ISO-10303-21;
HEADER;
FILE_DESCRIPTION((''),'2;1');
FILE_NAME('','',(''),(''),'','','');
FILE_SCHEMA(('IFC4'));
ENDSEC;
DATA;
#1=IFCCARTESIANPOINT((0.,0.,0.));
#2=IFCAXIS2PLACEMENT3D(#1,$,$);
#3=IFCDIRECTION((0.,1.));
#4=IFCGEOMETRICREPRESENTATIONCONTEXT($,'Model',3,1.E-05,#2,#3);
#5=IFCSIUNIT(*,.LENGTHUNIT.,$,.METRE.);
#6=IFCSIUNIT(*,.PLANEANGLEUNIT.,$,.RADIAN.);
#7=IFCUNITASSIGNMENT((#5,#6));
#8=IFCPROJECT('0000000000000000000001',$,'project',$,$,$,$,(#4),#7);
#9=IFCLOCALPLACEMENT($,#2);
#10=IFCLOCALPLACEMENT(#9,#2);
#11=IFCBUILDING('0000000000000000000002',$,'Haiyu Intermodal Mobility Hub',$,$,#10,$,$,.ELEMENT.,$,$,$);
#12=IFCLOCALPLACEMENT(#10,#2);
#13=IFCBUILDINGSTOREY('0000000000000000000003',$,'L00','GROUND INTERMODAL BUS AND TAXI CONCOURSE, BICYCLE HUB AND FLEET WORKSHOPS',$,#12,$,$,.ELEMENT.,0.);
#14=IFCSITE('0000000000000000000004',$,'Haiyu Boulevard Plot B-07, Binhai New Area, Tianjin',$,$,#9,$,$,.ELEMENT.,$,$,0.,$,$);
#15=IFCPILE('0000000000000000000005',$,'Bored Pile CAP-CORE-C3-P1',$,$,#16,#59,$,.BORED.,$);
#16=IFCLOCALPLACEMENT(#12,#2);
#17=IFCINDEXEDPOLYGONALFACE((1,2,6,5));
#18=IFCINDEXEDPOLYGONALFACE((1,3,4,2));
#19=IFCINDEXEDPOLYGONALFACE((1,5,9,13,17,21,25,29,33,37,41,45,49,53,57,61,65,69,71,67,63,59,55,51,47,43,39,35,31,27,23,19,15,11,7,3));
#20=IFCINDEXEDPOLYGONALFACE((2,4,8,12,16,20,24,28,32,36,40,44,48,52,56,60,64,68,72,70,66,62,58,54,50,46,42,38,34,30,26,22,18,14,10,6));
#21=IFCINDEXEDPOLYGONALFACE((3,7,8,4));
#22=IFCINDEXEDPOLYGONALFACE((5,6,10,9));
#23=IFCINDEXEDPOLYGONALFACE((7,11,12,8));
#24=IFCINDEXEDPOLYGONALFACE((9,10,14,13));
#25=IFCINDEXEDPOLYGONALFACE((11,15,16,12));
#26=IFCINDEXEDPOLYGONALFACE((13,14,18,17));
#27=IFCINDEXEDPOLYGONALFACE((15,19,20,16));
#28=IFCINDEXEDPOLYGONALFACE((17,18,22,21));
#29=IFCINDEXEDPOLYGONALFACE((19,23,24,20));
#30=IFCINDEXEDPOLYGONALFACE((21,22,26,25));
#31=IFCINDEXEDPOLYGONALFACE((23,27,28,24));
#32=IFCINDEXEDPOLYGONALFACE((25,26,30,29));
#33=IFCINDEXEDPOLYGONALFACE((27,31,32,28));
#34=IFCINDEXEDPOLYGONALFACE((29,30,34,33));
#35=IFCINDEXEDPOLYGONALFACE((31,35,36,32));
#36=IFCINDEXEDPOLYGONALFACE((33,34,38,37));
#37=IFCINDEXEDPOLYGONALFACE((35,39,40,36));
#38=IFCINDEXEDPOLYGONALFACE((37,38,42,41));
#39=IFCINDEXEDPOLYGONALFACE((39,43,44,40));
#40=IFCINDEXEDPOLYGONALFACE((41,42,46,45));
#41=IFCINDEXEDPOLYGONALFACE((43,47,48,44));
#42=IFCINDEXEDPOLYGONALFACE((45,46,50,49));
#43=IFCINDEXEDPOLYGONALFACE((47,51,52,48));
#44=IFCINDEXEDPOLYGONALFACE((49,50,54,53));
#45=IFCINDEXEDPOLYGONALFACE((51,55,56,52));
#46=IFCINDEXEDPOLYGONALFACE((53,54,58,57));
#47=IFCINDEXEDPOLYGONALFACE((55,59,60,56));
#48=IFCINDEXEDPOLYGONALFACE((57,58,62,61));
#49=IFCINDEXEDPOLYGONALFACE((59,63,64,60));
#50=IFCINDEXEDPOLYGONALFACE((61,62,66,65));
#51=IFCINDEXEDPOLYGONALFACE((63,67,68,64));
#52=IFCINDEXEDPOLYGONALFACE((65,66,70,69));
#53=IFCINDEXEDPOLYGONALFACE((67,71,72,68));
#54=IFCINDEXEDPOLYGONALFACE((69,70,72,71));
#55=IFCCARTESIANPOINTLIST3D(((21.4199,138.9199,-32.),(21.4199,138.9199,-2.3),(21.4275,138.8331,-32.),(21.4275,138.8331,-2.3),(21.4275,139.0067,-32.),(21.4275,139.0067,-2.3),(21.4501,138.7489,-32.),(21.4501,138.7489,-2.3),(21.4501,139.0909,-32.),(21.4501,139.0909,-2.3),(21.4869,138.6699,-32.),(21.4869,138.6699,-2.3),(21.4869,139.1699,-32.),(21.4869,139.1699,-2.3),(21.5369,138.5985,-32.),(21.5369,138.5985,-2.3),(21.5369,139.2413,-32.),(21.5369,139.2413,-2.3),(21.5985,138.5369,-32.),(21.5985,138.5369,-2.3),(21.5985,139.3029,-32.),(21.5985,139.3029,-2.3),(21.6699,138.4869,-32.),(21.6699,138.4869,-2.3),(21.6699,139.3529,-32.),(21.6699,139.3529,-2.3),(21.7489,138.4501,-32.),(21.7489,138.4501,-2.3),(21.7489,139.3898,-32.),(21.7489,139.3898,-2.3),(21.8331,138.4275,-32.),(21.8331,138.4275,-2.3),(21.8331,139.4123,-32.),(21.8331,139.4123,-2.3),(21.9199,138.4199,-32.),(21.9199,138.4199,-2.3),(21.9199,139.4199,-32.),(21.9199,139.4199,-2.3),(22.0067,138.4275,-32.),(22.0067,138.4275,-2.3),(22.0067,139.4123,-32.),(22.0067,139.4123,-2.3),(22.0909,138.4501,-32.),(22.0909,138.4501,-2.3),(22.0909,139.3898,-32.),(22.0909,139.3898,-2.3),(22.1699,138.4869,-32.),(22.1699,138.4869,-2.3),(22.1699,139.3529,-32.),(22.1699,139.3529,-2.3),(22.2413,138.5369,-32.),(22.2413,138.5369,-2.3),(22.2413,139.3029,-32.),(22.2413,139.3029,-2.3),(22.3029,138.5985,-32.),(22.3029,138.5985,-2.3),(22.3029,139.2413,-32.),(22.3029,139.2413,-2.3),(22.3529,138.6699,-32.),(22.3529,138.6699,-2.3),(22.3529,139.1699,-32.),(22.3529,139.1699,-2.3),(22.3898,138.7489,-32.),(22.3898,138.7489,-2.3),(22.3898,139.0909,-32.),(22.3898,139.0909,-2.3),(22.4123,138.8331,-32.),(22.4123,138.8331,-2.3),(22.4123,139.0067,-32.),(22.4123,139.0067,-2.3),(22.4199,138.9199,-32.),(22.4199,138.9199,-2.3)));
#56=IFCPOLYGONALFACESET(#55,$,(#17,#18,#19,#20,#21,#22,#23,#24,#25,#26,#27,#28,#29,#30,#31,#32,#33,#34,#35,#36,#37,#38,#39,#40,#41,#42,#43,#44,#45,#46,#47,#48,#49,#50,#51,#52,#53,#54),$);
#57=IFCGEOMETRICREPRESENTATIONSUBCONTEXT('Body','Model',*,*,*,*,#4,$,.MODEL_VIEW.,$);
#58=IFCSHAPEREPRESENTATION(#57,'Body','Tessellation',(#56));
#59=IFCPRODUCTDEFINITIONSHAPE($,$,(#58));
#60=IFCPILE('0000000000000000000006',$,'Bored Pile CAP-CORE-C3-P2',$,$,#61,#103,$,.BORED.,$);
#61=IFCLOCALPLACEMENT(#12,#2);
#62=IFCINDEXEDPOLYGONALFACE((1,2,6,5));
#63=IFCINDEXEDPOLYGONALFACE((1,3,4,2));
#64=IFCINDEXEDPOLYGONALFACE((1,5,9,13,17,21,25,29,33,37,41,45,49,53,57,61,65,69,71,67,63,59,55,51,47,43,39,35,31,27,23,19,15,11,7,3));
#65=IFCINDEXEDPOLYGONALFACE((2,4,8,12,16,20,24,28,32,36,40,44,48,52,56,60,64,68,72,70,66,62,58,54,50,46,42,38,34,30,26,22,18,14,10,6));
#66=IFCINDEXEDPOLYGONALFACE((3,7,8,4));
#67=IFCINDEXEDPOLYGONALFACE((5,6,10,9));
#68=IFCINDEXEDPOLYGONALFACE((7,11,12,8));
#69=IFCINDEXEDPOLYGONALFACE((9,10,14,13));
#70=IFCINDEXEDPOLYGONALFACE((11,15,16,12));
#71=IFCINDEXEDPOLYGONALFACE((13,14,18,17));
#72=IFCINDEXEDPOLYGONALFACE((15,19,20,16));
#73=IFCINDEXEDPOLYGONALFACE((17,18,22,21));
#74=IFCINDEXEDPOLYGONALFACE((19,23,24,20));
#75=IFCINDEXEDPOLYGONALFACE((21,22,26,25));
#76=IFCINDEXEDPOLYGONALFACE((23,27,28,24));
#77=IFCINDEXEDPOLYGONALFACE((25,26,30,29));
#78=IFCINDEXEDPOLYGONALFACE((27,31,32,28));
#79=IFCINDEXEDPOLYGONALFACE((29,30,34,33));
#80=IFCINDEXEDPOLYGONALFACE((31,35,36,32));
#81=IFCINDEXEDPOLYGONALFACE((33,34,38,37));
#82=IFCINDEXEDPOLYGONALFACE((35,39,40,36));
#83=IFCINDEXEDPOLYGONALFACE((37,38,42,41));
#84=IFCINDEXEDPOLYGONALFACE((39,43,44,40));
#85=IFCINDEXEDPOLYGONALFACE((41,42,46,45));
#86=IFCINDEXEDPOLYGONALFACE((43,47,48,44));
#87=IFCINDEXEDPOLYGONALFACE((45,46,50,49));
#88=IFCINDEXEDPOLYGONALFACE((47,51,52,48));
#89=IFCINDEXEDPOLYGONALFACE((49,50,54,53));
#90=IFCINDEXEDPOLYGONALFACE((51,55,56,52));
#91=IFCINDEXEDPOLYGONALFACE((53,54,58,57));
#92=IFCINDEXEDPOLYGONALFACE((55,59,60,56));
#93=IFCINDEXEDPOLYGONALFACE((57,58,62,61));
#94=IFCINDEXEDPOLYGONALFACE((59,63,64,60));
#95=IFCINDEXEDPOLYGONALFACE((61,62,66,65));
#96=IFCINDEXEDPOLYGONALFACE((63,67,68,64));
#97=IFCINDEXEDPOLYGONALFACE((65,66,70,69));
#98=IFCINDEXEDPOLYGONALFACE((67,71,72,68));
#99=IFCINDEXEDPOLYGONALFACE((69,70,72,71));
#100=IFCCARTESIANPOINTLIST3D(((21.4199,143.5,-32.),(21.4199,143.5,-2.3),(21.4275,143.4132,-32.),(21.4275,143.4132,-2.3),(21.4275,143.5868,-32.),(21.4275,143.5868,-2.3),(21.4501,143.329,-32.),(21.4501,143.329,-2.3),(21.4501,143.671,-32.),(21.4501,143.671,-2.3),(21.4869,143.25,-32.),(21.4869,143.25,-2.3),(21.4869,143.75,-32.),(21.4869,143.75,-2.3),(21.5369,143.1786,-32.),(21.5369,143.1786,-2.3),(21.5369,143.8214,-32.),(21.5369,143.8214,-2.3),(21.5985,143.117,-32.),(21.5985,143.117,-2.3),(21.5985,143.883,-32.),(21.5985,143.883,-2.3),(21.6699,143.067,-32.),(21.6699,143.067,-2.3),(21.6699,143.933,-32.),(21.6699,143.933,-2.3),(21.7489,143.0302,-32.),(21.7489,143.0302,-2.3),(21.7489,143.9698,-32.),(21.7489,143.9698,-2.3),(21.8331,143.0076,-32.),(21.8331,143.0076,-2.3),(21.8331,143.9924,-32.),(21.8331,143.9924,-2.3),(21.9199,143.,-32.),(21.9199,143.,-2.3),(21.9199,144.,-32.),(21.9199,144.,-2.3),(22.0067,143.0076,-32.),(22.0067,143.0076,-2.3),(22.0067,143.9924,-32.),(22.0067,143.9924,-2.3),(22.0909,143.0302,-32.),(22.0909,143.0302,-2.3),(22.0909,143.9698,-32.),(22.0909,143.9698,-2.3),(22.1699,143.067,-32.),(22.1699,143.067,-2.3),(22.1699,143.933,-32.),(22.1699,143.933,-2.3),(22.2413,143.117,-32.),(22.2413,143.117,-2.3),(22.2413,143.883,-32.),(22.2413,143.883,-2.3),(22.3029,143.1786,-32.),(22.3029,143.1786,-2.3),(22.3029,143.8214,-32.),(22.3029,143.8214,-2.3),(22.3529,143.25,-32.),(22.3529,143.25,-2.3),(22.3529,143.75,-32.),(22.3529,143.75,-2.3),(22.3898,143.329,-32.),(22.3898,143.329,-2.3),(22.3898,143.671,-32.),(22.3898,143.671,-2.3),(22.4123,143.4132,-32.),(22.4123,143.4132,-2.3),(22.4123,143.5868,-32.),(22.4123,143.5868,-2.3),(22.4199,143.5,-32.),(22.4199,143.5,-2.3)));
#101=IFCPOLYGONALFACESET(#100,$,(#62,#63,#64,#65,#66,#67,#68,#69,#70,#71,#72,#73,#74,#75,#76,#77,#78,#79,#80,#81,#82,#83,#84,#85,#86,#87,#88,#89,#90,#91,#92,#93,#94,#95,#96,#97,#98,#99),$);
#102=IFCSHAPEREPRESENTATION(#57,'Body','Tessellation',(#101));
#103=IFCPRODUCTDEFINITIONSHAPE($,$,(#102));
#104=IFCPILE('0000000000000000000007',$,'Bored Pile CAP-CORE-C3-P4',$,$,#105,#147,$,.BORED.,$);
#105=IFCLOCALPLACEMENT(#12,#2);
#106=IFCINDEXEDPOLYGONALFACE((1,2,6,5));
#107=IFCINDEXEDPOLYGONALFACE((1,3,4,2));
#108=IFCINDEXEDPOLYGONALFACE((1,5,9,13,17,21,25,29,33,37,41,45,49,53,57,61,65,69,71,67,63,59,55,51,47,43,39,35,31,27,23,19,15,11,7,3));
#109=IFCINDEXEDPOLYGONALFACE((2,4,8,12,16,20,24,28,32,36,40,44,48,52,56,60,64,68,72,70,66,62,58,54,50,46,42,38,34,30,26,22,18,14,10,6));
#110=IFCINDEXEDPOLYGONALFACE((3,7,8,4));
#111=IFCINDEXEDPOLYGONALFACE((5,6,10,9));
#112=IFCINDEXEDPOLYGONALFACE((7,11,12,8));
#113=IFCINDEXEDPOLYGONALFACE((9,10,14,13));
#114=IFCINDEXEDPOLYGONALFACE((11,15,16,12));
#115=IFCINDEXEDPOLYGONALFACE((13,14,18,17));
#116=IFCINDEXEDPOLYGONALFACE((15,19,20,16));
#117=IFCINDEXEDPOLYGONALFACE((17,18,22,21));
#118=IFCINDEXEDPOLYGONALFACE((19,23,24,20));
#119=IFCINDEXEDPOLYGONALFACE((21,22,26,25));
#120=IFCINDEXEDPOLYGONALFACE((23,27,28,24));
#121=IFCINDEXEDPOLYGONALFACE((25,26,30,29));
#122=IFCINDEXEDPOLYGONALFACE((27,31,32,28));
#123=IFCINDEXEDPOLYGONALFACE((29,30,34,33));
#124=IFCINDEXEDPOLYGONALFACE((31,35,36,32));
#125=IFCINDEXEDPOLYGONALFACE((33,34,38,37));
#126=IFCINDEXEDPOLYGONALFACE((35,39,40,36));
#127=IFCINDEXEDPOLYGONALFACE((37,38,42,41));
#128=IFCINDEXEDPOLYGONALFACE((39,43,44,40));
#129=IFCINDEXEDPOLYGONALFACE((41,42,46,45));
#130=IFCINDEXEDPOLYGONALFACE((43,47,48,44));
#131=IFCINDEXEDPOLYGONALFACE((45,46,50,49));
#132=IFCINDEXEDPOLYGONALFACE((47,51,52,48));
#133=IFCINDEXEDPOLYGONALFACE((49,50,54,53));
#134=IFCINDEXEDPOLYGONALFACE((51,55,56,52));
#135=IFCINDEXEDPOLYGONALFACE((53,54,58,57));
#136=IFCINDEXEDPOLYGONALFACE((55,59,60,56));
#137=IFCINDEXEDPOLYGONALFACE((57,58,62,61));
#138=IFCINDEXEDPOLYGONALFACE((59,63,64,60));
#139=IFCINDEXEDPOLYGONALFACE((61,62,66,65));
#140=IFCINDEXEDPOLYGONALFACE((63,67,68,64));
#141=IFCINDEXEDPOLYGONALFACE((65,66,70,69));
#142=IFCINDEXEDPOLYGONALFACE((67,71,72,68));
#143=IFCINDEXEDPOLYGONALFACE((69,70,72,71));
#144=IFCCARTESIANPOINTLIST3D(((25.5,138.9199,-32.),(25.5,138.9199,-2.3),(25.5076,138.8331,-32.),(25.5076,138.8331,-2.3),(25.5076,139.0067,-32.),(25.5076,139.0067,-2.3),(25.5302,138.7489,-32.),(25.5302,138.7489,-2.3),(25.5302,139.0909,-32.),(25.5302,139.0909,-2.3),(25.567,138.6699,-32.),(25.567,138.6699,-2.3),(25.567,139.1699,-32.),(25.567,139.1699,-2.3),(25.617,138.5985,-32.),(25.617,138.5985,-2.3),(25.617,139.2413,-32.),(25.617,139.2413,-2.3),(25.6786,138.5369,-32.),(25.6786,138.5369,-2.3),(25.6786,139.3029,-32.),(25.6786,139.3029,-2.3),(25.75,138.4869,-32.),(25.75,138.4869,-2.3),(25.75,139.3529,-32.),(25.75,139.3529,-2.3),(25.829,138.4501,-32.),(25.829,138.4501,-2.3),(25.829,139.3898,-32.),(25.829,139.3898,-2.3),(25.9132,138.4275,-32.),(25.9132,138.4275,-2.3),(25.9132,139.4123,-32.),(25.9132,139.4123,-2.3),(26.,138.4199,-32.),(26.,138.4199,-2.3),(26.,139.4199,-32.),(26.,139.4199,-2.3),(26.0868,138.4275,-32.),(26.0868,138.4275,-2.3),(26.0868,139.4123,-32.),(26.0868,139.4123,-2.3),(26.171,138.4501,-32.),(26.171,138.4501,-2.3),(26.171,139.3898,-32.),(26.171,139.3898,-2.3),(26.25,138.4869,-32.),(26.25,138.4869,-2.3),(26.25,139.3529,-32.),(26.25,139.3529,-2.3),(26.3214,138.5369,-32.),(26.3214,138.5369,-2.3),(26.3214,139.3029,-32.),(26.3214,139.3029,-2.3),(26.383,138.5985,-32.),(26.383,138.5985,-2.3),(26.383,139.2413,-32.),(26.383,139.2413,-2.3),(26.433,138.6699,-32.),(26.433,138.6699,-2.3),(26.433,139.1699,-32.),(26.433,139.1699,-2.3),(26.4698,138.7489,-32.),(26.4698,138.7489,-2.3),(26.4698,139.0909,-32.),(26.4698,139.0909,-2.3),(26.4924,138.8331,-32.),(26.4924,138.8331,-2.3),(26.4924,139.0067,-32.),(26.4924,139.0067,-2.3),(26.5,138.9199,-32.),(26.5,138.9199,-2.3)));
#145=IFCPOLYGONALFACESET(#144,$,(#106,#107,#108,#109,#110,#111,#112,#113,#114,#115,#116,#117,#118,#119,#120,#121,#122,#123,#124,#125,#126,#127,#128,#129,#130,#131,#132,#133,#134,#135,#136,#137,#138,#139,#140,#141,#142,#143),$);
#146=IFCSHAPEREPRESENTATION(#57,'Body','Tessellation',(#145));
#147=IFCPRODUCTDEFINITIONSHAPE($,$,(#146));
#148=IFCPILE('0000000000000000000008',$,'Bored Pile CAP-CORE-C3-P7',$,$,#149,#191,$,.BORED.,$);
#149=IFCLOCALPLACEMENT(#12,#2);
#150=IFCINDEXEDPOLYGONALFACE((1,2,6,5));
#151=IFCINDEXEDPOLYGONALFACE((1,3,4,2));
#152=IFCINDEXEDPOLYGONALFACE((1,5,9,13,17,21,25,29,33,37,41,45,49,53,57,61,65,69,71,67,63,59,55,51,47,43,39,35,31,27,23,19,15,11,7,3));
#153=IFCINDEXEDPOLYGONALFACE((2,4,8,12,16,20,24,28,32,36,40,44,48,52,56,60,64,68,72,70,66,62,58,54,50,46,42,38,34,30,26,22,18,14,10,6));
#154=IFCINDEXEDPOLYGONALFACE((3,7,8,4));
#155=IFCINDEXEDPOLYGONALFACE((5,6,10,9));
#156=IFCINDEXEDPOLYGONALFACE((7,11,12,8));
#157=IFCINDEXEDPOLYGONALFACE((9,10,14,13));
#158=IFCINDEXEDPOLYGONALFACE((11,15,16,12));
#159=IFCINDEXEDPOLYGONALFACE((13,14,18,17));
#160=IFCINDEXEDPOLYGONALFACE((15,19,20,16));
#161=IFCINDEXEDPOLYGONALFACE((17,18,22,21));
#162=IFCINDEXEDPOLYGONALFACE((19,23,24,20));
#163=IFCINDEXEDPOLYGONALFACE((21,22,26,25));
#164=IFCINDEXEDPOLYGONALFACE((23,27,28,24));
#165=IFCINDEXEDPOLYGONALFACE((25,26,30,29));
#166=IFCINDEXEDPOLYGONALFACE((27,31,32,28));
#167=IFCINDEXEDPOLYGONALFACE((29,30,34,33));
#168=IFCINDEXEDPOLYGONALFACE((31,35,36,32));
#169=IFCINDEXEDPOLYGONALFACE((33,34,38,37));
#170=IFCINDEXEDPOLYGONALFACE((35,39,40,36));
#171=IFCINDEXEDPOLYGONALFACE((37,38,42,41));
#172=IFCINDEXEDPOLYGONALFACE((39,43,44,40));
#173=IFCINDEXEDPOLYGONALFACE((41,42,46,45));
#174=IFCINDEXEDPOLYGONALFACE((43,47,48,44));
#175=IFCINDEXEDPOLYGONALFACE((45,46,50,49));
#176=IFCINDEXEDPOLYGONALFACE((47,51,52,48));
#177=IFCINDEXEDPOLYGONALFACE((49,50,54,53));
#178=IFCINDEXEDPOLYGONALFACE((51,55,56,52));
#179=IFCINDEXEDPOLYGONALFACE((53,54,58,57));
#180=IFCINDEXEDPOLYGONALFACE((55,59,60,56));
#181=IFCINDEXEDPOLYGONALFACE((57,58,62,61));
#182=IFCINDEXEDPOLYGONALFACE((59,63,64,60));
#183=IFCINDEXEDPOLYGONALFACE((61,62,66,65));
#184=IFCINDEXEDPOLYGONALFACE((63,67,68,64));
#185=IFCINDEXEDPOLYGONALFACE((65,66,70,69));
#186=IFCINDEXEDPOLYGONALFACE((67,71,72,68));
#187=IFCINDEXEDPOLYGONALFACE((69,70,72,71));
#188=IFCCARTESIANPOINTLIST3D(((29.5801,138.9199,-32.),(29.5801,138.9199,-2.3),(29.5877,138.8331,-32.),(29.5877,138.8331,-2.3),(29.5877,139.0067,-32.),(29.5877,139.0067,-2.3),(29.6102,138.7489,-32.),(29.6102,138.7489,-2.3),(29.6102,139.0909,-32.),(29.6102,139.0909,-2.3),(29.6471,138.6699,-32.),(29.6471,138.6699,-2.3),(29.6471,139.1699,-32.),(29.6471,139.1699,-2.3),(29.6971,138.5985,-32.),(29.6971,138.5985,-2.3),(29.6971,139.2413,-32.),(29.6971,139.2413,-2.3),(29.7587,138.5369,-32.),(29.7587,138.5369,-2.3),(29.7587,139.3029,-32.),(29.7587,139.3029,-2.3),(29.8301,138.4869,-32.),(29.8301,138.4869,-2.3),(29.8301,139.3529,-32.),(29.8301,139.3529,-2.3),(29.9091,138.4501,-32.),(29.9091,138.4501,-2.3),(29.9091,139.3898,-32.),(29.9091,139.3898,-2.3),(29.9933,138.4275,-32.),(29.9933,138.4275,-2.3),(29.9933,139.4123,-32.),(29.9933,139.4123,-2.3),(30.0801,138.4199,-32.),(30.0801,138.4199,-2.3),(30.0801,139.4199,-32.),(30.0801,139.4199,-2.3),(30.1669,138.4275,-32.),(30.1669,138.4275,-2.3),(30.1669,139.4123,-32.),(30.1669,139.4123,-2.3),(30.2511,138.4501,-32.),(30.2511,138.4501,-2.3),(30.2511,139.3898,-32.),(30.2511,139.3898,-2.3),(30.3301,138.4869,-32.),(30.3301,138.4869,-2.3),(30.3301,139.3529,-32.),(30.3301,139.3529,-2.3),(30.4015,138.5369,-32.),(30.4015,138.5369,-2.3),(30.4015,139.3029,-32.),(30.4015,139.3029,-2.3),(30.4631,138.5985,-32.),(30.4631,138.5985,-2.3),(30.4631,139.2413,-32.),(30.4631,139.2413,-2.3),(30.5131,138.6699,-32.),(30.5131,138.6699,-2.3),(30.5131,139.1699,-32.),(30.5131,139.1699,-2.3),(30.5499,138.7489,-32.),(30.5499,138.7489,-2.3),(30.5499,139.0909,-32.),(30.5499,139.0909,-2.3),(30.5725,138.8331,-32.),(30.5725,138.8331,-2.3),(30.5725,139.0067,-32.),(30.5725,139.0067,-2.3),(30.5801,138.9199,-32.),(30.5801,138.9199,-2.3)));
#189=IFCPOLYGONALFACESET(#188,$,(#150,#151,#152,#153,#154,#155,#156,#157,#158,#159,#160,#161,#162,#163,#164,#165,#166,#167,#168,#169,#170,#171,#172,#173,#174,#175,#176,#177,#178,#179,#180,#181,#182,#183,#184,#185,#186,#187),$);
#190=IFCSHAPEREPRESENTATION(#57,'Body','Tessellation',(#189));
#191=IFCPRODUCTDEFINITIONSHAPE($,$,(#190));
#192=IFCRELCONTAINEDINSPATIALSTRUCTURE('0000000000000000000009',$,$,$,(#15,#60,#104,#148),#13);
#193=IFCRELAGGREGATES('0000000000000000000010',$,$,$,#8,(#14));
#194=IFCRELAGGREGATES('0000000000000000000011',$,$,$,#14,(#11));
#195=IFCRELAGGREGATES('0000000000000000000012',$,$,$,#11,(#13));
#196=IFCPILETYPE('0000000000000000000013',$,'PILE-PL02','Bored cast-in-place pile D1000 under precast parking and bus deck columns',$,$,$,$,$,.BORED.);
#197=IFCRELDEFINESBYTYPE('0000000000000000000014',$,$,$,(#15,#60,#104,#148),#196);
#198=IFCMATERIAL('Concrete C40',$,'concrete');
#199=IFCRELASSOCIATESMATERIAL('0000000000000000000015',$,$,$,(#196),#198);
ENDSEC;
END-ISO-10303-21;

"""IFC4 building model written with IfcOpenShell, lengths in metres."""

from ifc_helpers import new_model, si_unit, direction, frame, origin, origin_2d, place, context, subcontext, project, spatial, circle, extrude, material, material_profile, profile_set, type_object, element, save


model = new_model("IFC4")

# Units and contexts
model_context = context("Model", 3, precision=1e-05, world=origin(), true_north=direction((0.0, 1.0)))
body_context = subcontext(model_context, "Body", "Model", "MODEL_VIEW")
ifc_project = project(units=[si_unit("LENGTHUNIT", "METRE"), si_unit("PLANEANGLEUNIT", "RADIAN")], contexts=[model_context])

# Site, building, storey
site_placement = place(None, origin())
site = spatial("IfcSite", under=ifc_project, at=site_placement, Name="Haiyu Boulevard Plot B-07, Binhai New Area, Tianjin", CompositionType="ELEMENT", RefElevation=0.0)
building_placement = place(site_placement, origin())
building = spatial("IfcBuilding", under=site, at=building_placement, Name="Haiyu Intermodal Mobility Hub", CompositionType="ELEMENT")
storey_placement = place(building_placement, origin())
storey = spatial("IfcBuildingStorey", under=building, at=storey_placement, Name="L00", Description="GROUND INTERMODAL BUS AND TAXI CONCOURSE, BICYCLE HUB AND FLEET WORKSHOPS", CompositionType="ELEMENT", Elevation=0.0)

# Piles
ifc_material_1 = material(Name="Concrete C40", Category="concrete")
ifc_material_profile_1 = material_profile(ifc_material_1, circle(Radius=0.5, at=origin_2d()), Name="PILE-D1000")
ifc_profile_set_1 = profile_set([ifc_material_profile_1], Name="Concrete C40")
pile_type = type_object("IfcPileType", Name="PILE-PL02", Description="Bored cast-in-place pile D1000 under precast parking and bus deck columns", PredefinedType="BORED", material=ifc_profile_set_1)
for number, where, z_axis, x_axis, name in (
    (1, (21.9199, 138.9199, -2.3), (0.0, 0.0, -1.0), (1.0, 0.0, 0.0), "Bored Pile CAP-CORE-C3-P1"),
    (2, (21.9199, 143.5, -2.3), (0.0, 0.0, -1.0), (1.0, 0.0, 0.0), "Bored Pile CAP-CORE-C3-P2"),
    (3, (26.0, 138.9199, -2.3), (0.0, 0.0, -1.0), (1.0, 0.0, 0.0), "Bored Pile CAP-CORE-C3-P4"),
    (4, (30.0801, 138.9199, -2.3), (0.0, 0.0, -1.0), (1.0, 0.0, 0.0), "Bored Pile CAP-CORE-C3-P7"),
):
    element("IfcPile", number, at=place(storey_placement, frame(where, z_axis=z_axis, x_axis=x_axis)), inside=storey, type_object=pile_type, Name=name, PredefinedType="BORED", context=body_context, shape_type="SweptSolid", body=[
        extrude(circle(Radius=0.5, at=origin_2d()), origin(), (0.0, 0.0, 1.0), 29.7),
    ])

save(model, "model.ifc")
